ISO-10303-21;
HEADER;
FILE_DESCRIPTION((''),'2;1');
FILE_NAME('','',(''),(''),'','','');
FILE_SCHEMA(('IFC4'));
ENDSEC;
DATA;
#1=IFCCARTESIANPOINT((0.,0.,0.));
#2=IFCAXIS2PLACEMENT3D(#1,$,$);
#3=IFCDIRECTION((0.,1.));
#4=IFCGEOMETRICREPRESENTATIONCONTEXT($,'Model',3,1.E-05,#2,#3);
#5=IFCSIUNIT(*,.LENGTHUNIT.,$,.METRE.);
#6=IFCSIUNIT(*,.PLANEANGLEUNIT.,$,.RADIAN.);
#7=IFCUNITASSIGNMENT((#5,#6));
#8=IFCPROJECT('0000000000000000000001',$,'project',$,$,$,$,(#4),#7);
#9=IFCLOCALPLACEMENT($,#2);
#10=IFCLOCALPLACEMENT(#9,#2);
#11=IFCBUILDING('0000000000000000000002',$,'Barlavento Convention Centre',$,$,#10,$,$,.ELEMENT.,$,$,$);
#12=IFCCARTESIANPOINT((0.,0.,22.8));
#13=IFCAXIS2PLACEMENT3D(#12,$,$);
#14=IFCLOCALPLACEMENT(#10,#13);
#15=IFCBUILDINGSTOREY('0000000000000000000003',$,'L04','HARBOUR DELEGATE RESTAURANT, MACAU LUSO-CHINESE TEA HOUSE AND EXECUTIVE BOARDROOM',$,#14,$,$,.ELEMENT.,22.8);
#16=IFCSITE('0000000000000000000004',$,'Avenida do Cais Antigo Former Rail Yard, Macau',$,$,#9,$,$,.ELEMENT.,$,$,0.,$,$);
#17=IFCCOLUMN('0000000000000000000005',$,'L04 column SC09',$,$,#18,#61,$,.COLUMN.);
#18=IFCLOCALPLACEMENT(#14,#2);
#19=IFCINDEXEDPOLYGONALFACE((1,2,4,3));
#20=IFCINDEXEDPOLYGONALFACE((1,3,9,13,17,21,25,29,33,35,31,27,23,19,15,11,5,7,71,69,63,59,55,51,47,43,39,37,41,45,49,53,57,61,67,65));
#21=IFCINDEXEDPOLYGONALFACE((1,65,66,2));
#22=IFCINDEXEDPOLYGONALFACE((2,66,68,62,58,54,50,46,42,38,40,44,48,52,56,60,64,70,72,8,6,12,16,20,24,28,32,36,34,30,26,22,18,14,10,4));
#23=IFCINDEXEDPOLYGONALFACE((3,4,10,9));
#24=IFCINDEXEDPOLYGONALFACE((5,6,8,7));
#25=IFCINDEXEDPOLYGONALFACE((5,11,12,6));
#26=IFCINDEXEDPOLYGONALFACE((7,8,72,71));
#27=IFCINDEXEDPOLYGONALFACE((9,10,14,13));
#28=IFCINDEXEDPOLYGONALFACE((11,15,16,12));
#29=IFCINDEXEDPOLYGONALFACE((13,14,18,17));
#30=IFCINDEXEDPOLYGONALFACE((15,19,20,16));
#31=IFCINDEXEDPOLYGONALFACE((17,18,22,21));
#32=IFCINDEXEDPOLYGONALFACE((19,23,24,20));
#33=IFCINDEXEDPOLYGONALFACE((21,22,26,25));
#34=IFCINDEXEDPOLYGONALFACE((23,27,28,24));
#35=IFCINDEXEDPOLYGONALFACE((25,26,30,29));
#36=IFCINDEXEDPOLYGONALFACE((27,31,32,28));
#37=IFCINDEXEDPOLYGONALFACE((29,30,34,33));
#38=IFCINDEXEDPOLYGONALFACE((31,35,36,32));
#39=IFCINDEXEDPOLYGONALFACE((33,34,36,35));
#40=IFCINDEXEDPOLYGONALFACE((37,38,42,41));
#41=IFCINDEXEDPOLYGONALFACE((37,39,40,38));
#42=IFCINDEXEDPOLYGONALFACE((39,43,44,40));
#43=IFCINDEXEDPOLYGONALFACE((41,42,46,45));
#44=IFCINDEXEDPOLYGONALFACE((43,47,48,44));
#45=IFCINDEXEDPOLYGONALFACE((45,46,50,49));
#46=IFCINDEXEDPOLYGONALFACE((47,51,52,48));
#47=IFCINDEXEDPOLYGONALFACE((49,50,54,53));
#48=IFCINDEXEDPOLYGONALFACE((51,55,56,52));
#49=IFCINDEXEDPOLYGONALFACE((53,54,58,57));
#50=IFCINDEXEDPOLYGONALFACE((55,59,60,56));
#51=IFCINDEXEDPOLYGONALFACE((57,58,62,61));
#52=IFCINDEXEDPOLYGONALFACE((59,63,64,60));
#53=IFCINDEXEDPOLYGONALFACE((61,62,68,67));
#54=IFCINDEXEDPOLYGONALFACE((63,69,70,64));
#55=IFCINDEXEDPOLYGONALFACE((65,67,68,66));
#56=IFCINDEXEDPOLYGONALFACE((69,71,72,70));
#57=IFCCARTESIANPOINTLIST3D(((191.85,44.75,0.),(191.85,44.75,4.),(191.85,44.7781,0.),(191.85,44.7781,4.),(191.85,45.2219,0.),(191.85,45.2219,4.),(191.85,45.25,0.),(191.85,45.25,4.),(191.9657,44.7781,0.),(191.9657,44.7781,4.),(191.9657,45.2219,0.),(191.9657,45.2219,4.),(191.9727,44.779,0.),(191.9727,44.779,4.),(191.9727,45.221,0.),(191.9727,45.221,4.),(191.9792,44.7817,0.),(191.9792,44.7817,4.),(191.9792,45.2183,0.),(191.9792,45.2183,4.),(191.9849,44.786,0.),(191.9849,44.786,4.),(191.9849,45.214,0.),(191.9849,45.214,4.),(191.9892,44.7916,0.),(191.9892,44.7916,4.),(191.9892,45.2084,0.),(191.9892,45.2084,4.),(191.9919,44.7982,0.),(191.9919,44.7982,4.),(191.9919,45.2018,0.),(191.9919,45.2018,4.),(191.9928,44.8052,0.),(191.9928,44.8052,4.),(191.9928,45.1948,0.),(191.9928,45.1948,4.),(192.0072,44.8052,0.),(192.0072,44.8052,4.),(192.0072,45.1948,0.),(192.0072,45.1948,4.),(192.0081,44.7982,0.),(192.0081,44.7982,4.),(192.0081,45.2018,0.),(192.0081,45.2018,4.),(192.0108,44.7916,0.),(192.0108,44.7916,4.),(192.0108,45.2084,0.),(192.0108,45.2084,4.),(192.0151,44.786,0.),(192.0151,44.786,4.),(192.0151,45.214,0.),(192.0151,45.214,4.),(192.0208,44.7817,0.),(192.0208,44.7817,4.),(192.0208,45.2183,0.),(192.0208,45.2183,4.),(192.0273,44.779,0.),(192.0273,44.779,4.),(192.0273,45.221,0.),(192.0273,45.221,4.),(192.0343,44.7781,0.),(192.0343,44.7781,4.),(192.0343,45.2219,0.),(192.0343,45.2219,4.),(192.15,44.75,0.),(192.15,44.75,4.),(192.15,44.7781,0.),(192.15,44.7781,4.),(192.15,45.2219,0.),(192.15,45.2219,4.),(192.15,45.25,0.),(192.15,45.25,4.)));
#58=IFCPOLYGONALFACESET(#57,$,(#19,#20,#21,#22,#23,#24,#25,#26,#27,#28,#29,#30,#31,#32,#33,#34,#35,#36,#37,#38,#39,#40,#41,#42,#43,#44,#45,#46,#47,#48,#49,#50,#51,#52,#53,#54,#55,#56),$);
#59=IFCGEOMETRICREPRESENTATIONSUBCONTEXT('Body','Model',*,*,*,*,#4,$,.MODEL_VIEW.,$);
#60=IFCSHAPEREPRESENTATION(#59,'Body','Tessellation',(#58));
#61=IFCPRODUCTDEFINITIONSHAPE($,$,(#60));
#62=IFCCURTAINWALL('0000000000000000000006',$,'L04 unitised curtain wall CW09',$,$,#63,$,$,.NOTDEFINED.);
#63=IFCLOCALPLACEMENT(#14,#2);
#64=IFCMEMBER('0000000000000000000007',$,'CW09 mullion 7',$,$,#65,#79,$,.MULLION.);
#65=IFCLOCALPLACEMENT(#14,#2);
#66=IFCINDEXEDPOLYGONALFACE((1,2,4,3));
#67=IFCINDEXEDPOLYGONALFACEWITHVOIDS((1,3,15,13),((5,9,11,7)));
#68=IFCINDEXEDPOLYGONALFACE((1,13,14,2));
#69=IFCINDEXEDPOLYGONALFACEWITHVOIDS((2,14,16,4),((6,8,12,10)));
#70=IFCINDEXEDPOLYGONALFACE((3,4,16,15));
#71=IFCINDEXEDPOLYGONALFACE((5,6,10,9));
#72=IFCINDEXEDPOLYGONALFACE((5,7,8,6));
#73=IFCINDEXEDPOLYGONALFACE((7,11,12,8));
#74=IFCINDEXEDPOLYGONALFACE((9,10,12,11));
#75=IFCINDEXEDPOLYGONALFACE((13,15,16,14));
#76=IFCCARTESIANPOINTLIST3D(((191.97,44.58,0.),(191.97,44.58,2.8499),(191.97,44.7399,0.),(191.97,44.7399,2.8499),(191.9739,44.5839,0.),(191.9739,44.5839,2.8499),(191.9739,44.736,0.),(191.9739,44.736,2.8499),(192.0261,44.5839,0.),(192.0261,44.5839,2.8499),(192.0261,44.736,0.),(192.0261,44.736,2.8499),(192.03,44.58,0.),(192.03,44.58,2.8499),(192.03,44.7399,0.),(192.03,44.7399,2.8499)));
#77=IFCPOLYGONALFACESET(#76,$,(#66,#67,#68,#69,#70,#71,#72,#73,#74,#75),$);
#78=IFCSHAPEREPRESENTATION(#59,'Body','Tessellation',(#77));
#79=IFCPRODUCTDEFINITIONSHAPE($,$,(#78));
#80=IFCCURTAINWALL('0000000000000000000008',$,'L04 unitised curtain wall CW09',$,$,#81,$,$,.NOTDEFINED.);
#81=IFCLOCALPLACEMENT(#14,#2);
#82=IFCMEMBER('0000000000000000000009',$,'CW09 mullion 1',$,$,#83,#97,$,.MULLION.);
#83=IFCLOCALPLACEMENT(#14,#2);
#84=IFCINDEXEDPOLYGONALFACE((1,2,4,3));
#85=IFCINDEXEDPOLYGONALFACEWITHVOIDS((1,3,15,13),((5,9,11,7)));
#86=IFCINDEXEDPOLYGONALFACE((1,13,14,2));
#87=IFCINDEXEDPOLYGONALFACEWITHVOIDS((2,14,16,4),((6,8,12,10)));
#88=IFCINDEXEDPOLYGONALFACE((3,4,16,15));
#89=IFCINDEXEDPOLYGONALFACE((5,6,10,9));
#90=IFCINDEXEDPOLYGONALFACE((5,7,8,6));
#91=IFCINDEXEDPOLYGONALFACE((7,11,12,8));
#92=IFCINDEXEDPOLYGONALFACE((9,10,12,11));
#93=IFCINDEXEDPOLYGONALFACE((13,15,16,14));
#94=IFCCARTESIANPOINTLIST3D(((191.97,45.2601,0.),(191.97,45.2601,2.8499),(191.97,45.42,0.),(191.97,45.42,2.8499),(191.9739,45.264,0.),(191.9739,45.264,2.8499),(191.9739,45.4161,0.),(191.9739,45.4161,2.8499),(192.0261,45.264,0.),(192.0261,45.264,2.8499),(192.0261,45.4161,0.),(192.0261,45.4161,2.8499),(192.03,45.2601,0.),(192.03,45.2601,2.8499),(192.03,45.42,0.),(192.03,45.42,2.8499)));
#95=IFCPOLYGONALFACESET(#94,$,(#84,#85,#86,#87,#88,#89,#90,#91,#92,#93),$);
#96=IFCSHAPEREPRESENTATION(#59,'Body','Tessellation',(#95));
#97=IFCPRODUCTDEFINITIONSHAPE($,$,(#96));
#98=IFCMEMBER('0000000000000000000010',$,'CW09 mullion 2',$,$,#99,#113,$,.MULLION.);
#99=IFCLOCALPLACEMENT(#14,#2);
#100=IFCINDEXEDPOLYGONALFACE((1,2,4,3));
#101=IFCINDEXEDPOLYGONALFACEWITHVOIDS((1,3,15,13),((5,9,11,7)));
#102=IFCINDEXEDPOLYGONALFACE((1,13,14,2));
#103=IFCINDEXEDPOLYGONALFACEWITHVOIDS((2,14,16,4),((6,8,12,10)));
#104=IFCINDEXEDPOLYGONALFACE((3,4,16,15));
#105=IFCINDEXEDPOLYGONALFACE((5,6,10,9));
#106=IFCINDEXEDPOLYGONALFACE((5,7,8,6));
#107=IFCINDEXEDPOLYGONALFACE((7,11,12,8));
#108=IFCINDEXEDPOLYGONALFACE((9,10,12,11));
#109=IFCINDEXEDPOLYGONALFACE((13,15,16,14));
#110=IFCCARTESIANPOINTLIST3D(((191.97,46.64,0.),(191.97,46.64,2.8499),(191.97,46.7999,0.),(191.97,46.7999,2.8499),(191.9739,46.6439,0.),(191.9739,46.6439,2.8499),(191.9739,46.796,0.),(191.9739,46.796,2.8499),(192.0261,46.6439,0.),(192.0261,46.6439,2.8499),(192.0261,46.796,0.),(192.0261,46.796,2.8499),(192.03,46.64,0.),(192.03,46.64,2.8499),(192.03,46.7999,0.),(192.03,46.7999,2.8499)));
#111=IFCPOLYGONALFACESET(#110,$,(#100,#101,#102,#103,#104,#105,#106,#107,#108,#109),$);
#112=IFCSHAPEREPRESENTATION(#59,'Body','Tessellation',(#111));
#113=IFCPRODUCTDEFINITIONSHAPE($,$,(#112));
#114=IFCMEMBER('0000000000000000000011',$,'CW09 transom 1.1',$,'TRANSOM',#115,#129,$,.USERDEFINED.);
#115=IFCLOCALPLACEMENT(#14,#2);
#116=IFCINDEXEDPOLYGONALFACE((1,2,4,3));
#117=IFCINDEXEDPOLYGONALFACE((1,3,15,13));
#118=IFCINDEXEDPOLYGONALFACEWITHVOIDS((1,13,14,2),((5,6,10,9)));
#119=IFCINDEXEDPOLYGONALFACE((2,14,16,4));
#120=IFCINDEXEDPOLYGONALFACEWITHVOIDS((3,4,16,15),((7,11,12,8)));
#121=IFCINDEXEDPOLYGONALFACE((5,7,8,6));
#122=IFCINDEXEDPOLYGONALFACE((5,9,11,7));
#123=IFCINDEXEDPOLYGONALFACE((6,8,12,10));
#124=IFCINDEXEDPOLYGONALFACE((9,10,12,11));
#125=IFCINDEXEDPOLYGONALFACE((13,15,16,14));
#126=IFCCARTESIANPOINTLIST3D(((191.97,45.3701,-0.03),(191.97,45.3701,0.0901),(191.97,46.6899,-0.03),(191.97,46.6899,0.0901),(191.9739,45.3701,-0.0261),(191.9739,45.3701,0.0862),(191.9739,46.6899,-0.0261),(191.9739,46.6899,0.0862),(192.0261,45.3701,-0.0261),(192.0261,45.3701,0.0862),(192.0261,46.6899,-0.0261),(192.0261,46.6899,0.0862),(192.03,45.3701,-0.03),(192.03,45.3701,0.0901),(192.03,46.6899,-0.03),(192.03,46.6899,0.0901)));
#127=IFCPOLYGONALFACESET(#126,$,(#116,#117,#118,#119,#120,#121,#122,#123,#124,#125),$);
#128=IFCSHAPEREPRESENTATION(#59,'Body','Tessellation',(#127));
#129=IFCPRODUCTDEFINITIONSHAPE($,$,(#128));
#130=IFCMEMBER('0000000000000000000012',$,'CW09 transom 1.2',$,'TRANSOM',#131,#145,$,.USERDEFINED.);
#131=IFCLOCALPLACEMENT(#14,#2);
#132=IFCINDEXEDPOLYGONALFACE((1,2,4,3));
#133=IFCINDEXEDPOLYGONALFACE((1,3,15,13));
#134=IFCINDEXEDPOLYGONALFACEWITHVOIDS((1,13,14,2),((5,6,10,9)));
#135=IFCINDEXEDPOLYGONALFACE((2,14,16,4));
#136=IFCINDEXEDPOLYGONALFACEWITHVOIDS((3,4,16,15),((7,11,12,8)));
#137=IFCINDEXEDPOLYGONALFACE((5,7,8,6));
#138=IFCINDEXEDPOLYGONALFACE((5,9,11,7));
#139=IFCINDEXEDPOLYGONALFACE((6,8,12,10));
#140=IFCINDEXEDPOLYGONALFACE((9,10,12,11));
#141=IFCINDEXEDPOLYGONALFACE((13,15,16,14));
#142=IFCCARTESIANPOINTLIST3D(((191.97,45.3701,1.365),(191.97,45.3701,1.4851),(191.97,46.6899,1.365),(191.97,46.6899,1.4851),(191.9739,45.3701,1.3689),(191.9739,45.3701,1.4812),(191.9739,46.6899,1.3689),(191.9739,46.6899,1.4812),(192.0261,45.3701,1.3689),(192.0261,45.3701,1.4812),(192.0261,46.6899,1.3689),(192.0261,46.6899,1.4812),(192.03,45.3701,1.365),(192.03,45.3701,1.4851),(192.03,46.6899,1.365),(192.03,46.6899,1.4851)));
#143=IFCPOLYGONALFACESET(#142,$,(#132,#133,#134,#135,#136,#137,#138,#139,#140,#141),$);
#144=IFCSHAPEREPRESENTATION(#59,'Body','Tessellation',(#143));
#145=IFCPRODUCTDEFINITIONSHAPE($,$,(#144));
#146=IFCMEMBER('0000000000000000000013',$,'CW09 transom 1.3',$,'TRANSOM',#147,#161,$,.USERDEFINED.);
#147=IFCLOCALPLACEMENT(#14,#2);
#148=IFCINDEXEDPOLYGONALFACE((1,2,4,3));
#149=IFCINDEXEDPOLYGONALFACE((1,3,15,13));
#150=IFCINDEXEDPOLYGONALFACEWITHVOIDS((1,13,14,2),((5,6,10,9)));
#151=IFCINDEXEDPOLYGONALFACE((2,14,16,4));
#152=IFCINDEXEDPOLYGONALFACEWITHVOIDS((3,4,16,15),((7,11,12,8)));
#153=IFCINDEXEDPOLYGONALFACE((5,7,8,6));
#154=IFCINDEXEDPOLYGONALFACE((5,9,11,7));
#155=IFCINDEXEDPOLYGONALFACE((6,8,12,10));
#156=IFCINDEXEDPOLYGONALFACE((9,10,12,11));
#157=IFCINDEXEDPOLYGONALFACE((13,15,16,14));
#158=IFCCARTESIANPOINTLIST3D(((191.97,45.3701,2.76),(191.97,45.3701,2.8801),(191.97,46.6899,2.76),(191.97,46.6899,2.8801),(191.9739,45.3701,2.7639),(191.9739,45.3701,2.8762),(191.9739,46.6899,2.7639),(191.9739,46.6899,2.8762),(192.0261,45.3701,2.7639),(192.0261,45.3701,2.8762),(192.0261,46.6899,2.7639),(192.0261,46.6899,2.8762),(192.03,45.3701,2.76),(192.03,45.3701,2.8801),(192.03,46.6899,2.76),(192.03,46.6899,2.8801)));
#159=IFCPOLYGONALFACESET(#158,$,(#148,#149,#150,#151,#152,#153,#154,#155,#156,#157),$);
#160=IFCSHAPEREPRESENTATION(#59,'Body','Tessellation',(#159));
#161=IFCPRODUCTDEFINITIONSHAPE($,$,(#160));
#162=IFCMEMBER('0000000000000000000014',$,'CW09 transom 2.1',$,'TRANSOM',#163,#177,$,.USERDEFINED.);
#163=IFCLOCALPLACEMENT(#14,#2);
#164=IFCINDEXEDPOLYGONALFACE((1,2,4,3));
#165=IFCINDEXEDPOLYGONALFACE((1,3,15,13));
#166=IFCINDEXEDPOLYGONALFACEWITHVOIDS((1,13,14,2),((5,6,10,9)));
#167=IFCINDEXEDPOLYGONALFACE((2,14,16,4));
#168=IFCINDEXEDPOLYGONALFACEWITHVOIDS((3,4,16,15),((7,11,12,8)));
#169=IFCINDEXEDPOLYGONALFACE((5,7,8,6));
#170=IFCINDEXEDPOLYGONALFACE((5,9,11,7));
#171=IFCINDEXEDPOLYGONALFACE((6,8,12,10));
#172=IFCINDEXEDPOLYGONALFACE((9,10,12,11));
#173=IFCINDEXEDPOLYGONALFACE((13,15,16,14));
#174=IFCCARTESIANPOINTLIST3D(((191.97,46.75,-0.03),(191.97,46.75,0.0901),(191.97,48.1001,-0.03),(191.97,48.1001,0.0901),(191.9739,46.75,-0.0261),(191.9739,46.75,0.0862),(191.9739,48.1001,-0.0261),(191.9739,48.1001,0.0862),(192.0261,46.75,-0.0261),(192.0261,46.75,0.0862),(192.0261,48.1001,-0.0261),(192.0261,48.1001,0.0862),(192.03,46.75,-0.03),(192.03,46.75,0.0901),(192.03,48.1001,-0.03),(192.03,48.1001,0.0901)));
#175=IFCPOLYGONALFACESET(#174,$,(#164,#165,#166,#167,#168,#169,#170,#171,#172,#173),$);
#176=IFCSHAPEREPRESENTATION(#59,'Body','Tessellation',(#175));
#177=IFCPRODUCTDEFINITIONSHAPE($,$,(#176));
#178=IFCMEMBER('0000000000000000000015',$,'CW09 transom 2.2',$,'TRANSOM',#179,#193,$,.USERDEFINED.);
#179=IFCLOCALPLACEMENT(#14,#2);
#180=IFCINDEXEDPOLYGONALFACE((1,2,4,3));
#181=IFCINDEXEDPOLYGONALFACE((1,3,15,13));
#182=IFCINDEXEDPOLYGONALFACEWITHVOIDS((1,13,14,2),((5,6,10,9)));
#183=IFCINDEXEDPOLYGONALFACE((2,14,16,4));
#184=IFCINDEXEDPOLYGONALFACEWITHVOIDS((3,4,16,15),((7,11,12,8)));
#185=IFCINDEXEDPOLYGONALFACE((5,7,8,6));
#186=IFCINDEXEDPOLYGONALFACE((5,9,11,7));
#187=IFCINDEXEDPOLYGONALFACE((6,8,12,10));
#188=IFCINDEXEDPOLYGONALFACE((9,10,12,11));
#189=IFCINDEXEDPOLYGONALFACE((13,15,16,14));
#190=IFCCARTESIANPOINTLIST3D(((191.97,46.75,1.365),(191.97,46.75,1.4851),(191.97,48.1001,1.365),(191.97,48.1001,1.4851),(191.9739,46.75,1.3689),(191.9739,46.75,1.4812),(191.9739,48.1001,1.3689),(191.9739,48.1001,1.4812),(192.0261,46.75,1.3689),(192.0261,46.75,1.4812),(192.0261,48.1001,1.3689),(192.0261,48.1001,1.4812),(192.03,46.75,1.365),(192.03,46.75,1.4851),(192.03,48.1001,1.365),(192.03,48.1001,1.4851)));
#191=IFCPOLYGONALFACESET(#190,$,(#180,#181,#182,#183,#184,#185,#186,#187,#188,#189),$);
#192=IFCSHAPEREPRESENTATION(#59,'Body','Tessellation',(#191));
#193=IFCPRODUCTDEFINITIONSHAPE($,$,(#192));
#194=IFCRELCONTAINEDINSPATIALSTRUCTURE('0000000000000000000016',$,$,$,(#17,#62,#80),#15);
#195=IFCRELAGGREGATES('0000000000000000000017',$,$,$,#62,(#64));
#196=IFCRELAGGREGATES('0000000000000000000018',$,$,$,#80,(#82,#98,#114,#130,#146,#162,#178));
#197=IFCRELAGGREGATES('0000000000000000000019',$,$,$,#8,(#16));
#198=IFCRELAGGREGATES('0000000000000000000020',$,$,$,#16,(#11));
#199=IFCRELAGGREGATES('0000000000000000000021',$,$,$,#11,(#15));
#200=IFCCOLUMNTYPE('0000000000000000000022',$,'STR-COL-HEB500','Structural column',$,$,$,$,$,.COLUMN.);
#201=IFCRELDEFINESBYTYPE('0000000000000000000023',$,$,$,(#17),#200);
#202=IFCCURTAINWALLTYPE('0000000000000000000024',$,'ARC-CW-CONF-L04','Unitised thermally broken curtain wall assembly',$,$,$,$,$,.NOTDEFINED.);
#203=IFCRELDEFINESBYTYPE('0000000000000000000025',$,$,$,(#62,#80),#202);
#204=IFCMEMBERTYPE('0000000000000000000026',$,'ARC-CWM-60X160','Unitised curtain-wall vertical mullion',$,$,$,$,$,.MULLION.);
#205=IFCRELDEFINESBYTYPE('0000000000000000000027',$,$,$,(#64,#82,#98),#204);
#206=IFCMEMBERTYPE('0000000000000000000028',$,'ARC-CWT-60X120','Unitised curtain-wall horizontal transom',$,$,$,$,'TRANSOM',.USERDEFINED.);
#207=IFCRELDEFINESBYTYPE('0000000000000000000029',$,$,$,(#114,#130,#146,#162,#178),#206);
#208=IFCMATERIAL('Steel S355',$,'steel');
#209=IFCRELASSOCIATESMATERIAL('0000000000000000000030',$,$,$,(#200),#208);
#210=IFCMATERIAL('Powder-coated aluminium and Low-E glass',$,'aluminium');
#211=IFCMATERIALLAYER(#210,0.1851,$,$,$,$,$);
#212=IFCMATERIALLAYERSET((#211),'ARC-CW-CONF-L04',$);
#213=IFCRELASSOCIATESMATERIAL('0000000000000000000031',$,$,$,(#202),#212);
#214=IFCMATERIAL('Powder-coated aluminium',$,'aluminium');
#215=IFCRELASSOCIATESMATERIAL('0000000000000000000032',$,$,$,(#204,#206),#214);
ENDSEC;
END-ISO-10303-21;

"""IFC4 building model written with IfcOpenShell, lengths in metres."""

from ifc_helpers import new_model, si_unit, direction, frame, origin, origin_2d, place, context, subcontext, project, spatial, hollow_rectangle, i_section, extrude, material, layer, layer_set, material_profile, profile_set, type_object, element, aggregate, save


model = new_model("IFC4")

# Units and contexts
model_context = context("Model", 3, precision=1e-05, world=origin(), true_north=direction((0.0, 1.0)))
body_context = subcontext(model_context, "Body", "Model", "MODEL_VIEW")
ifc_project = project(units=[si_unit("LENGTHUNIT", "METRE"), si_unit("PLANEANGLEUNIT", "RADIAN")], contexts=[model_context])

# Site, building, storey
site_placement = place(None, origin())
site = spatial("IfcSite", under=ifc_project, at=site_placement, Name="Avenida do Cais Antigo Former Rail Yard, Macau", CompositionType="ELEMENT", RefElevation=0.0)
building_placement = place(site_placement, origin())
building = spatial("IfcBuilding", under=site, at=building_placement, Name="Barlavento Convention Centre", CompositionType="ELEMENT")
storey_placement = place(building_placement, frame((0.0, 0.0, 22.8)))
storey = spatial("IfcBuildingStorey", under=building, at=storey_placement, Name="L04", Description="HARBOUR DELEGATE RESTAURANT, MACAU LUSO-CHINESE TEA HOUSE AND EXECUTIVE BOARDROOM", CompositionType="ELEMENT", Elevation=22.8)

# Column
ifc_material_1 = material(Name="Steel S355", Category="steel")
ifc_material_profile_1 = material_profile(ifc_material_1, i_section(OverallWidth=0.3, OverallDepth=0.5, WebThickness=0.0144, FlangeThickness=0.0281, FilletRadius=0.0271, at=origin_2d()), Name="HEB 500")
ifc_profile_set_1 = profile_set([ifc_material_profile_1], Name="Steel S355")
column_type = type_object("IfcColumnType", Name="STR-COL-HEB500", Description="Structural column", PredefinedType="COLUMN", material=ifc_profile_set_1)
column_placement = place(storey_placement, frame((192.0, 45.0, 0.0), z_axis=(0.0, 0.0, 1.0), x_axis=(1.0, 0.0, 0.0)))
element("IfcColumn", 1, at=column_placement, inside=storey, type_object=column_type, Name="L04 column SC09", PredefinedType="COLUMN", context=body_context, shape_type="SweptSolid", body=[
    extrude(i_section(OverallWidth=0.3, OverallDepth=0.5, WebThickness=0.0144, FlangeThickness=0.0281, FilletRadius=0.0271, at=origin_2d()), origin(), (0.0, 0.0, 1.0), 4.0),
])

# Curtain wall, member
ifc_material_2 = material(Name="Powder-coated aluminium and Low-E glass", Category="aluminium")
ifc_layer_1 = layer(ifc_material_2, 0.1851)
ifc_layer_set_1 = layer_set([ifc_layer_1], Name="ARC-CW-CONF-L04")
curtain_wall_type = type_object("IfcCurtainWallType", Name="ARC-CW-CONF-L04", Description="Unitised thermally broken curtain wall assembly", PredefinedType="NOTDEFINED", material=ifc_layer_set_1)
curtain_wall_1_placement = place(storey_placement, origin())
curtain_wall_1 = element("IfcCurtainWall", 2, at=curtain_wall_1_placement, inside=storey, type_object=curtain_wall_type, Name="L04 unitised curtain wall CW09", PredefinedType="NOTDEFINED")
ifc_material_3 = material(Name="Powder-coated aluminium", Category="aluminium")
ifc_material_profile_2 = material_profile(ifc_material_3, hollow_rectangle(XDim=0.0601, YDim=0.1599, WallThickness=0.0039, at=origin_2d()), Name="AL-MULL 60x160x4")
ifc_profile_set_2 = profile_set([ifc_material_profile_2], Name="Powder-coated aluminium")
member_type_1 = type_object("IfcMemberType", Name="ARC-CWM-60X160", Description="Unitised curtain-wall vertical mullion", PredefinedType="MULLION", material=ifc_profile_set_2)
member_1_placement = place(storey_placement, frame((192.0, 44.6599, 0.0), z_axis=(0.0, 0.0, 1.0), x_axis=(-1.0, 0.0, 0.0)))
member_1 = element("IfcMember", 3, at=member_1_placement, type_object=member_type_1, Name="CW09 mullion 7", PredefinedType="MULLION", context=body_context, shape_type="SweptSolid", body=[
    extrude(hollow_rectangle(XDim=0.0601, YDim=0.1599, WallThickness=0.0039, at=origin_2d()), origin(), (0.0, 0.0, 1.0), 2.8499),
])

# Curtain wall, members
curtain_wall_2_placement = place(storey_placement, origin())
curtain_wall_2 = element("IfcCurtainWall", 4, at=curtain_wall_2_placement, inside=storey, type_object=curtain_wall_type, Name="L04 unitised curtain wall CW09", PredefinedType="NOTDEFINED")
member_2_placement = place(storey_placement, frame((192.0, 45.3401, 0.0), z_axis=(0.0, 0.0, 1.0), x_axis=(-1.0, 0.0, 0.0)))
member_2 = element("IfcMember", 5, at=member_2_placement, type_object=member_type_1, Name="CW09 mullion 1", PredefinedType="MULLION", context=body_context, shape_type="SweptSolid", body=[
    extrude(hollow_rectangle(XDim=0.0601, YDim=0.1599, WallThickness=0.0039, at=origin_2d()), origin(), (0.0, 0.0, 1.0), 2.8499),
])
member_3_placement = place(storey_placement, frame((192.0, 46.72, 0.0), z_axis=(0.0, 0.0, 1.0), x_axis=(-1.0, 0.0, 0.0)))
member_3 = element("IfcMember", 6, at=member_3_placement, type_object=member_type_1, Name="CW09 mullion 2", PredefinedType="MULLION", context=body_context, shape_type="SweptSolid", body=[
    extrude(hollow_rectangle(XDim=0.0601, YDim=0.1599, WallThickness=0.0039, at=origin_2d()), origin(), (0.0, 0.0, 1.0), 2.8499),
])
ifc_material_profile_3 = material_profile(ifc_material_3, hollow_rectangle(XDim=0.0601, YDim=0.1201, WallThickness=0.0039, at=origin_2d()), Name="AL-TRAN 60x120x4")
ifc_profile_set_3 = profile_set([ifc_material_profile_3], Name="Powder-coated aluminium")
member_type_2 = type_object("IfcMemberType", Name="ARC-CWT-60X120", Description="Unitised curtain-wall horizontal transom", ElementType="TRANSOM", PredefinedType="USERDEFINED", material=ifc_profile_set_3)
member_4_placement = place(storey_placement, frame((192.0, 45.3701, 0.03), z_axis=(0.0, 1.0, 0.0), x_axis=(-1.0, 0.0, 0.0)))
member_4 = element("IfcMember", 7, at=member_4_placement, type_object=member_type_2, Name="CW09 transom 1.1", ObjectType="TRANSOM", PredefinedType="USERDEFINED", context=body_context, shape_type="SweptSolid", body=[
    extrude(hollow_rectangle(XDim=0.0601, YDim=0.1201, WallThickness=0.0039, at=origin_2d()), origin(), (0.0, 0.0, 1.0), 1.3198),
])
member_5_placement = place(storey_placement, frame((192.0, 45.3701, 1.425), z_axis=(0.0, 1.0, 0.0), x_axis=(-1.0, 0.0, 0.0)))
member_5 = element("IfcMember", 8, at=member_5_placement, type_object=member_type_2, Name="CW09 transom 1.2", ObjectType="TRANSOM", PredefinedType="USERDEFINED", context=body_context, shape_type="SweptSolid", body=[
    extrude(hollow_rectangle(XDim=0.0601, YDim=0.1201, WallThickness=0.0039, at=origin_2d()), origin(), (0.0, 0.0, 1.0), 1.3198),
])
member_6_placement = place(storey_placement, frame((192.0, 45.3701, 2.8201), z_axis=(0.0, 1.0, 0.0), x_axis=(-1.0, 0.0, 0.0)))
member_6 = element("IfcMember", 9, at=member_6_placement, type_object=member_type_2, Name="CW09 transom 1.3", ObjectType="TRANSOM", PredefinedType="USERDEFINED", context=body_context, shape_type="SweptSolid", body=[
    extrude(hollow_rectangle(XDim=0.0601, YDim=0.1201, WallThickness=0.0039, at=origin_2d()), origin(), (0.0, 0.0, 1.0), 1.3198),
])
member_7_placement = place(storey_placement, frame((192.0, 46.75, 0.03), z_axis=(0.0, 1.0, 0.0), x_axis=(-1.0, 0.0, 0.0)))
member_7 = element("IfcMember", 10, at=member_7_placement, type_object=member_type_2, Name="CW09 transom 2.1", ObjectType="TRANSOM", PredefinedType="USERDEFINED", context=body_context, shape_type="SweptSolid", body=[
    extrude(hollow_rectangle(XDim=0.0601, YDim=0.1201, WallThickness=0.0039, at=origin_2d()), origin(), (0.0, 0.0, 1.0), 1.3501),
])
member_8_placement = place(storey_placement, frame((192.0, 46.75, 1.425), z_axis=(0.0, 1.0, 0.0), x_axis=(-1.0, 0.0, 0.0)))
member_8 = element("IfcMember", 11, at=member_8_placement, type_object=member_type_2, Name="CW09 transom 2.2", ObjectType="TRANSOM", PredefinedType="USERDEFINED", context=body_context, shape_type="SweptSolid", body=[
    extrude(hollow_rectangle(XDim=0.0601, YDim=0.1201, WallThickness=0.0039, at=origin_2d()), origin(), (0.0, 0.0, 1.0), 1.3501),
])

aggregate(curtain_wall_1, [member_1])
aggregate(curtain_wall_2, [member_2, member_3, member_4, member_5, member_6, member_7, member_8])

save(model, "model.ifc")
